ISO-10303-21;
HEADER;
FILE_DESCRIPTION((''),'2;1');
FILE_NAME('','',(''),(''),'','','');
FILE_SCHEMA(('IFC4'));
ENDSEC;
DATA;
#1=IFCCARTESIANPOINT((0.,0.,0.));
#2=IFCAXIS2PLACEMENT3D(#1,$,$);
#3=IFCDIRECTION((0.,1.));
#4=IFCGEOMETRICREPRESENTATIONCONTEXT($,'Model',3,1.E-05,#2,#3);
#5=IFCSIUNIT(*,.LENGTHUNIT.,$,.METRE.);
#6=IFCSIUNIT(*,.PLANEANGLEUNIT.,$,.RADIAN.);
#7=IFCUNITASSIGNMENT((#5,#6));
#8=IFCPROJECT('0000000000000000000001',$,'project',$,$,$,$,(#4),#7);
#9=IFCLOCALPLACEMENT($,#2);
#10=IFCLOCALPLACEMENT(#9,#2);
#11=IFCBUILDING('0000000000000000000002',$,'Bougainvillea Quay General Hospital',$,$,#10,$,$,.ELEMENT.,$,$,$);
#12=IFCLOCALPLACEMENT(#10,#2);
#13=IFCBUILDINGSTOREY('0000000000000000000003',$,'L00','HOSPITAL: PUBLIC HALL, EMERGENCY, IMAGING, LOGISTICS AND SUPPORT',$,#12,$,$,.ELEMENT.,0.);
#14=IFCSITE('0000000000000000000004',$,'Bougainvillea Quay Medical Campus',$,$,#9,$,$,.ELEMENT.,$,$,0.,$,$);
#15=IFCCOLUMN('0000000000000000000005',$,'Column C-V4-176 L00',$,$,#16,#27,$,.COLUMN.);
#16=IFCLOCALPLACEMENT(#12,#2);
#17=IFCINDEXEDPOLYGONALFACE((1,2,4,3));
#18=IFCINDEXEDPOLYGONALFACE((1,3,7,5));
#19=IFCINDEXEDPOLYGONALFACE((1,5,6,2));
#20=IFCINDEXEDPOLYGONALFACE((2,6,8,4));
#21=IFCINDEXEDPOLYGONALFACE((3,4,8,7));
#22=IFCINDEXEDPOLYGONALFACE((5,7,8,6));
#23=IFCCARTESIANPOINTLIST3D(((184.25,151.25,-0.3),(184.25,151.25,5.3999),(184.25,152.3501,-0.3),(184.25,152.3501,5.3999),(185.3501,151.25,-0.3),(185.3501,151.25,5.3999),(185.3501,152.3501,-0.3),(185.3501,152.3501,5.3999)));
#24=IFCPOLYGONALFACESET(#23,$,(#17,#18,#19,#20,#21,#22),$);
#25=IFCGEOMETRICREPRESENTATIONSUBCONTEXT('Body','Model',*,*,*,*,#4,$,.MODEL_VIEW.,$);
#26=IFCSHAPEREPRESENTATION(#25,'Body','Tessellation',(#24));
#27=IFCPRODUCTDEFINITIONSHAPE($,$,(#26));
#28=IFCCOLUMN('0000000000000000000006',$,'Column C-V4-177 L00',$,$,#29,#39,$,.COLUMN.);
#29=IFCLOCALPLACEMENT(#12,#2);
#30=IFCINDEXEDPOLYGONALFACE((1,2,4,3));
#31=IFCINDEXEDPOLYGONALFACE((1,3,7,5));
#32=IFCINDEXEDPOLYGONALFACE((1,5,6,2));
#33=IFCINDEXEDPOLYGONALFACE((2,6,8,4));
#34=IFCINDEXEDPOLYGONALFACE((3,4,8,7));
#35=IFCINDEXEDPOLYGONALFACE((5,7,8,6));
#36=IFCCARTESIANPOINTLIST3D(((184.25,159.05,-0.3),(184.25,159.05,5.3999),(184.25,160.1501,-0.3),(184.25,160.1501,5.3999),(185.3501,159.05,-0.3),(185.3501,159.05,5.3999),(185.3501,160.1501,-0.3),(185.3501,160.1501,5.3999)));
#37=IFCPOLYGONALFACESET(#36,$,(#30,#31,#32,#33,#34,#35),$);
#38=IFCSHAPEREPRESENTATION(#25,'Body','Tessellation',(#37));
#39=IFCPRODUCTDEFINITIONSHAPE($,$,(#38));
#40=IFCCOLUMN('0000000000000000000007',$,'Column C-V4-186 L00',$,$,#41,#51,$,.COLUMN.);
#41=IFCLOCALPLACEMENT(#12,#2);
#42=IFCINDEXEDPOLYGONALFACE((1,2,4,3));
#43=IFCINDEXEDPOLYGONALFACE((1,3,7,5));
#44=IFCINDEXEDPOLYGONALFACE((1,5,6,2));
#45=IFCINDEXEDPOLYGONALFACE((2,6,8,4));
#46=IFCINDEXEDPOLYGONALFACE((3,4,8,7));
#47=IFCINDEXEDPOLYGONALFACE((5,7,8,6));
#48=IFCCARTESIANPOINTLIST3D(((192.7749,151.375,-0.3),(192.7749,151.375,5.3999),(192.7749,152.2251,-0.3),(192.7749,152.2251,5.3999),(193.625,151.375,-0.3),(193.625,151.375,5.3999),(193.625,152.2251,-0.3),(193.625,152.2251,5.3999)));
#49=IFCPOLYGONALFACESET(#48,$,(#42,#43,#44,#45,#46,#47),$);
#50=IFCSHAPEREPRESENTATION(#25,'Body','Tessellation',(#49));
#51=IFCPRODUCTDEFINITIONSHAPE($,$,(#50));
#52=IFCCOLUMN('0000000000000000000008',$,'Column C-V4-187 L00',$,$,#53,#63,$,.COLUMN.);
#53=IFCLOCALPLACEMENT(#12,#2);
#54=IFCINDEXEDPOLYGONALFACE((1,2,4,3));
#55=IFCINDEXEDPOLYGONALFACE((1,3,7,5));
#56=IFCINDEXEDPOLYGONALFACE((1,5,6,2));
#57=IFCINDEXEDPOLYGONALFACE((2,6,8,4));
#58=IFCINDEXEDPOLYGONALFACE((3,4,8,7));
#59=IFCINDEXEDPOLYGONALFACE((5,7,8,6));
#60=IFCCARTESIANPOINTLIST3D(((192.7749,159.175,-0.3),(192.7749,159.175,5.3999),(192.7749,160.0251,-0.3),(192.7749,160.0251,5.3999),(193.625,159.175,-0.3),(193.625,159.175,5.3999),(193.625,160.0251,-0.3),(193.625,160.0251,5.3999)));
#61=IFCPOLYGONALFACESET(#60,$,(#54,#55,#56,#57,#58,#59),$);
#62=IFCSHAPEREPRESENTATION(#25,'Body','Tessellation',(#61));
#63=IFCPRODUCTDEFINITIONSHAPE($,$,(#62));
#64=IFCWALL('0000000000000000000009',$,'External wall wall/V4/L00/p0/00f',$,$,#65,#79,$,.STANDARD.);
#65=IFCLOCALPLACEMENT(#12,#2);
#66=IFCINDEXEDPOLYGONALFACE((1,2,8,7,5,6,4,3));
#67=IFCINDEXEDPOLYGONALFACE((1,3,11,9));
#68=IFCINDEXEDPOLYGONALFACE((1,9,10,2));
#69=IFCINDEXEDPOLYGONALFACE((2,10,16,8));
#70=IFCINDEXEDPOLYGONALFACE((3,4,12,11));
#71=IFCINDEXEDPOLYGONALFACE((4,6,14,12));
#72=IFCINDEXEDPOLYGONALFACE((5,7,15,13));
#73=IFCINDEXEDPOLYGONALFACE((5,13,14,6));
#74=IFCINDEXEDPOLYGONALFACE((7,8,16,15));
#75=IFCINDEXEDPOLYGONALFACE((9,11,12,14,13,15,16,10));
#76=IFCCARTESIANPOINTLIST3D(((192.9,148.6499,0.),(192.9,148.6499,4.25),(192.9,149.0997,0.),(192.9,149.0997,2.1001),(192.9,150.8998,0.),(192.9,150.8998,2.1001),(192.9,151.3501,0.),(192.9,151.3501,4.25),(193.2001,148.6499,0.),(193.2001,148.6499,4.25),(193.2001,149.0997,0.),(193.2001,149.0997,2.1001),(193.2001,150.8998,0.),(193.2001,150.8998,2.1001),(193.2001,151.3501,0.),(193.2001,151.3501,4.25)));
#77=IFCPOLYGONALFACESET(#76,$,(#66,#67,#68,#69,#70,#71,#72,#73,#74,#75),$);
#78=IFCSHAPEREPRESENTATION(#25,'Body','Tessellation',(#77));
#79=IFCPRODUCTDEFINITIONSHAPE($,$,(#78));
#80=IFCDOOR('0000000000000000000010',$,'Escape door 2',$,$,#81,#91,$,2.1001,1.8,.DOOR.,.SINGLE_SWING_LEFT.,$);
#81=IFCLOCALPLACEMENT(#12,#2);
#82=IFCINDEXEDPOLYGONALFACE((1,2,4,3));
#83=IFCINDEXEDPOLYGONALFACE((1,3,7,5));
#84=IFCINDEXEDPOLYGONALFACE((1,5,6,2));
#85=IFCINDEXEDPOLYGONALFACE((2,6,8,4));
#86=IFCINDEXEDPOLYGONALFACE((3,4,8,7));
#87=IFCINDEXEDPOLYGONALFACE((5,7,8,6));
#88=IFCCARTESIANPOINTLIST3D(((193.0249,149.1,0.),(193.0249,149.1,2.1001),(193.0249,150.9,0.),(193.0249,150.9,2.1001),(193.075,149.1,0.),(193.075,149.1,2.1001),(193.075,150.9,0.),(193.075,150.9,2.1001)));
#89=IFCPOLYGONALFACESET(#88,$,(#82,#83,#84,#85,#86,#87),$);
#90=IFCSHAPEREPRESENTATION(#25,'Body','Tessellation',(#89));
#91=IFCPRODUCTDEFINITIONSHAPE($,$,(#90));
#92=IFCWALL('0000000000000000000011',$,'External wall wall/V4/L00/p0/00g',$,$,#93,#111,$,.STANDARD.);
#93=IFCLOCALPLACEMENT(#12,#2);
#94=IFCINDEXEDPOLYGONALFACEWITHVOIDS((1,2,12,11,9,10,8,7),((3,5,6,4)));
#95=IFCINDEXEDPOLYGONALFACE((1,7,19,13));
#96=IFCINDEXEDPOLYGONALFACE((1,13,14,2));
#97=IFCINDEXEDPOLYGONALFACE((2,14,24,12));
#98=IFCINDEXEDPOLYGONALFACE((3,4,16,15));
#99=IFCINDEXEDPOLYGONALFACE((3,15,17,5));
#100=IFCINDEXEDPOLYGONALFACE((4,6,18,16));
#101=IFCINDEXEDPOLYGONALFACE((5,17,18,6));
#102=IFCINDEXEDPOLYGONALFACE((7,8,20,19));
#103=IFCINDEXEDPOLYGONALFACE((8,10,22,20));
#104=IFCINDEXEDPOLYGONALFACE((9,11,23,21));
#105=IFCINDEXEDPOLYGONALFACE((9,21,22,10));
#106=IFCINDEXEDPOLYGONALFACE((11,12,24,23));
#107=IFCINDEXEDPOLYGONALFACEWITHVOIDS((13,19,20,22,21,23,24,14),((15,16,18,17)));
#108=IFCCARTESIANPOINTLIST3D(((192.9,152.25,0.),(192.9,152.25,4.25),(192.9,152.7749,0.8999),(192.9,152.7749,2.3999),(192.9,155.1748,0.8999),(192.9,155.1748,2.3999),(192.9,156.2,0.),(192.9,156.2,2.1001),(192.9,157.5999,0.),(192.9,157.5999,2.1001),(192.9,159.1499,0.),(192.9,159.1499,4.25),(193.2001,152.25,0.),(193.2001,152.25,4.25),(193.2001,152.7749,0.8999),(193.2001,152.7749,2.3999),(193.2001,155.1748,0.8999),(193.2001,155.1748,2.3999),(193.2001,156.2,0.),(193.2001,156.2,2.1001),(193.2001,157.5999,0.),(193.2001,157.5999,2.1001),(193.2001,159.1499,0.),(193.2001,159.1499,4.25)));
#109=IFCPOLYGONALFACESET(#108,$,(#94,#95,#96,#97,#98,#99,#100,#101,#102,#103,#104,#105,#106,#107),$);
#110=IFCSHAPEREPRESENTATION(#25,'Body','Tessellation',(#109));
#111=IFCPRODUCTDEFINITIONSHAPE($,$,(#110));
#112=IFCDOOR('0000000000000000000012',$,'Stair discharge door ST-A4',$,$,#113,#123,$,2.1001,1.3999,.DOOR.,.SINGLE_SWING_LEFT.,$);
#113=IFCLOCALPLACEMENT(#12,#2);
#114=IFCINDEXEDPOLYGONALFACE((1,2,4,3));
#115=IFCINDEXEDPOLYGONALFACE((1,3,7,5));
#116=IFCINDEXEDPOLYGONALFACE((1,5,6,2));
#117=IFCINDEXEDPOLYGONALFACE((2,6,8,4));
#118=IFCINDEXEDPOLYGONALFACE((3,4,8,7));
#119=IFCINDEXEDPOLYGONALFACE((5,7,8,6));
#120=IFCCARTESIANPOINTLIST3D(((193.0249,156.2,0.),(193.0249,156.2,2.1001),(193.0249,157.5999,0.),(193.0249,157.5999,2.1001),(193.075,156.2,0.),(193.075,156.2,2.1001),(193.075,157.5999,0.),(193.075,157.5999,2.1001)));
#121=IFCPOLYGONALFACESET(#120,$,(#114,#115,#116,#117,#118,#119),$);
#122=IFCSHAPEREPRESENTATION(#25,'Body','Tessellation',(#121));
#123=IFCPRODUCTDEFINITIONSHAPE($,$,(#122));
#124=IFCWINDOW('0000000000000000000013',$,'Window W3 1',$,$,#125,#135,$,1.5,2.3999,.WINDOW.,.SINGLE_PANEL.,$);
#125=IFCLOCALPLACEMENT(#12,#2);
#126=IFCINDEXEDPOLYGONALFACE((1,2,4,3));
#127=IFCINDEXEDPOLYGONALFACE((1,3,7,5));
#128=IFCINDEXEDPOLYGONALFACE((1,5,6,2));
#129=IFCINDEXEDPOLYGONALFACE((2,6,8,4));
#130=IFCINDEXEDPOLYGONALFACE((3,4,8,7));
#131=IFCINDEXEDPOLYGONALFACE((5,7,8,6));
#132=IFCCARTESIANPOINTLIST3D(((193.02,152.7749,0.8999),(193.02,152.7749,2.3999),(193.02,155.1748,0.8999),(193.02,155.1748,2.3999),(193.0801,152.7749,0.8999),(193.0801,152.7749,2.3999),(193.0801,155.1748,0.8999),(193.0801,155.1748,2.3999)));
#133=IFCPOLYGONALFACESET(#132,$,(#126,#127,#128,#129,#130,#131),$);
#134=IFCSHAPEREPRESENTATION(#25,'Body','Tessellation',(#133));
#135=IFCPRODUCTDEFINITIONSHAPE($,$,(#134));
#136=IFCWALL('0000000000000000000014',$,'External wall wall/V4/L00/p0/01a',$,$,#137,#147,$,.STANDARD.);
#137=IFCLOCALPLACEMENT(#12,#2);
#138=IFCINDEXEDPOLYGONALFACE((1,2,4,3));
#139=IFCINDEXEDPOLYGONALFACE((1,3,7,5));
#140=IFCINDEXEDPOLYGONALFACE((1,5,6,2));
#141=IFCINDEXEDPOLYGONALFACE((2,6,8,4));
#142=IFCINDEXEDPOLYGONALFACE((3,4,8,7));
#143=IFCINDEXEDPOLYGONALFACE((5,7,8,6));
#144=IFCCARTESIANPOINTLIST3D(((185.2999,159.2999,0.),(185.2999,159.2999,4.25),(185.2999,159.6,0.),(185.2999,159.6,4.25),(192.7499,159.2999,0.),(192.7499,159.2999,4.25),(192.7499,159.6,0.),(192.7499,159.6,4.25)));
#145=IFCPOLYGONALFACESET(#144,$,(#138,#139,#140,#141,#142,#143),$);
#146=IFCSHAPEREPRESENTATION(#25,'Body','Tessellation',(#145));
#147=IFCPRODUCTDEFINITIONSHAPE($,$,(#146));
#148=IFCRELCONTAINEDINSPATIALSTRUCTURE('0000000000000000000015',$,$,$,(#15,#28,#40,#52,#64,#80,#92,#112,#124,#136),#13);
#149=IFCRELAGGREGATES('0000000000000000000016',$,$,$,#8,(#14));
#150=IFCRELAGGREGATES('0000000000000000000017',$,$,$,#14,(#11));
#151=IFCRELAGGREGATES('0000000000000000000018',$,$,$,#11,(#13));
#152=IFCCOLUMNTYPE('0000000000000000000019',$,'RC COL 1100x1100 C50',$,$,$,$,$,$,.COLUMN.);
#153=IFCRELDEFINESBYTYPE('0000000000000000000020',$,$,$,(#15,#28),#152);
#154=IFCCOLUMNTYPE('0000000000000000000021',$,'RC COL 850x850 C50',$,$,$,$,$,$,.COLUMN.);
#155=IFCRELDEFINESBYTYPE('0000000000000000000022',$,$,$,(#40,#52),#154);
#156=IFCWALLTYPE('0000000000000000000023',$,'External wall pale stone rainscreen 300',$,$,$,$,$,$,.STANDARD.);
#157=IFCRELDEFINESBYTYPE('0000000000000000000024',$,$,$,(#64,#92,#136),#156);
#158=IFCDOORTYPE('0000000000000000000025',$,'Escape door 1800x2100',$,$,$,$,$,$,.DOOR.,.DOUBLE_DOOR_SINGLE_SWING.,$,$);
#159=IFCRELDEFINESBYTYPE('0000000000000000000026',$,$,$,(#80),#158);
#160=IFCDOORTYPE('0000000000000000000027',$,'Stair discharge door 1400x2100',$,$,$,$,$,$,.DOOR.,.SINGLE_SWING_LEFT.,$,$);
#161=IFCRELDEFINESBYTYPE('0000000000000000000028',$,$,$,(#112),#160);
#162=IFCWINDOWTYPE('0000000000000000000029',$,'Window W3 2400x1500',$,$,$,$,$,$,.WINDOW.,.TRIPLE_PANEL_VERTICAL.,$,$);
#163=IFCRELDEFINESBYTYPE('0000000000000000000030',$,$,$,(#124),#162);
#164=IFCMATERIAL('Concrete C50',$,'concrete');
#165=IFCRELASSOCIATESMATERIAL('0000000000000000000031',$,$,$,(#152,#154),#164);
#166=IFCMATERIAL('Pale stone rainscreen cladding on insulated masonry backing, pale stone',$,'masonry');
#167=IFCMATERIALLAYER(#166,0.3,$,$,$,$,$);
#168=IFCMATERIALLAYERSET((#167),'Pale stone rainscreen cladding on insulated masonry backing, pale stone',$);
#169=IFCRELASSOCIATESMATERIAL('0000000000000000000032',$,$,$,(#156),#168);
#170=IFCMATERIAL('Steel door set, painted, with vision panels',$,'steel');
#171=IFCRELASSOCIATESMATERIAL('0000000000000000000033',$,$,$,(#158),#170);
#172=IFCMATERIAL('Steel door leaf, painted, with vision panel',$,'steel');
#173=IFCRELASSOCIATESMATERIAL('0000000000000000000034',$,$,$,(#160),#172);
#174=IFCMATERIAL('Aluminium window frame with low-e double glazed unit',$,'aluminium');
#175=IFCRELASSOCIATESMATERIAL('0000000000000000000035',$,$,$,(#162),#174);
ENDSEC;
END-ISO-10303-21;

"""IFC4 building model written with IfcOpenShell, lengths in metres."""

from ifc_helpers import new_model, si_unit, direction, frame, frame_2d, origin, origin_2d, place, context, subcontext, project, spatial, rectangle, extrude, material, layer, layer_set, material_profile, profile_set, type_object, element, fill, save


model = new_model("IFC4")

# Units and contexts
model_context = context("Model", 3, precision=1e-05, world=origin(), true_north=direction((0.0, 1.0)))
body_context = subcontext(model_context, "Body", "Model", "MODEL_VIEW")
ifc_project = project(units=[si_unit("LENGTHUNIT", "METRE"), si_unit("PLANEANGLEUNIT", "RADIAN")], contexts=[model_context])

# Site, building, storey
site_placement = place(None, origin())
site = spatial("IfcSite", under=ifc_project, at=site_placement, Name="Bougainvillea Quay Medical Campus", CompositionType="ELEMENT", RefElevation=0.0)
building_placement = place(site_placement, origin())
building = spatial("IfcBuilding", under=site, at=building_placement, Name="Bougainvillea Quay General Hospital", CompositionType="ELEMENT")
storey_placement = place(building_placement, origin())
storey = spatial("IfcBuildingStorey", under=building, at=storey_placement, Name="L00", Description="HOSPITAL: PUBLIC HALL, EMERGENCY, IMAGING, LOGISTICS AND SUPPORT", CompositionType="ELEMENT", Elevation=0.0)

# Columns
ifc_material_1 = material(Name="Concrete C50", Category="concrete")
ifc_material_profile_1 = material_profile(ifc_material_1, rectangle(XDim=1.1001, YDim=1.1001, at=origin_2d()))
ifc_profile_set_1 = profile_set([ifc_material_profile_1], Name="Concrete C50")
column_type_1 = type_object("IfcColumnType", Name="RC COL 1100x1100 C50", PredefinedType="COLUMN", material=ifc_profile_set_1)
for number, where, z_axis, x_axis, name in (
    (1, (184.8, 151.8, -0.3), (0.0, 0.0, 1.0), (1.0, 0.0, 0.0), "Column C-V4-176 L00"),
    (2, (184.8, 159.6001, -0.3), (0.0, 0.0, 1.0), (1.0, 0.0, 0.0), "Column C-V4-177 L00"),
):
    element("IfcColumn", number, at=place(storey_placement, frame(where, z_axis=z_axis, x_axis=x_axis)), inside=storey, type_object=column_type_1, Name=name, PredefinedType="COLUMN", context=body_context, shape_type="SweptSolid", body=[
        extrude(rectangle(XDim=1.1001, YDim=1.1001, at=origin_2d()), origin(), (0.0, 0.0, 1.0), 5.7),
    ])
ifc_material_profile_2 = material_profile(ifc_material_1, rectangle(XDim=0.8501, YDim=0.8501, at=origin_2d()))
ifc_profile_set_2 = profile_set([ifc_material_profile_2], Name="Concrete C50")
column_type_2 = type_object("IfcColumnType", Name="RC COL 850x850 C50", PredefinedType="COLUMN", material=ifc_profile_set_2)
for number, where, z_axis, x_axis, name in (
    (3, (193.2, 151.8, -0.3), (0.0, 0.0, 1.0), (1.0, 0.0, 0.0), "Column C-V4-186 L00"),
    (4, (193.2, 159.6001, -0.3), (0.0, 0.0, 1.0), (1.0, 0.0, 0.0), "Column C-V4-187 L00"),
):
    element("IfcColumn", number, at=place(storey_placement, frame(where, z_axis=z_axis, x_axis=x_axis)), inside=storey, type_object=column_type_2, Name=name, PredefinedType="COLUMN", context=body_context, shape_type="SweptSolid", body=[
        extrude(rectangle(XDim=0.8501, YDim=0.8501, at=origin_2d()), origin(), (0.0, 0.0, 1.0), 5.7),
    ])

# Wall, opening, door
ifc_material_2 = material(Name="Pale stone rainscreen cladding on insulated masonry backing, pale stone", Category="masonry")
ifc_layer_1 = layer(ifc_material_2, 0.3)
ifc_layer_set_1 = layer_set([ifc_layer_1], Name="Pale stone rainscreen cladding on insulated masonry backing, pale stone")
wall_type_1 = type_object("IfcWallType", Name="External wall pale stone rainscreen 300", PredefinedType="STANDARD", material=ifc_layer_set_1)
wall_1_placement = place(storey_placement, frame((193.05, 148.6499, 0.0), z_axis=(0.0, 0.0, 1.0), x_axis=(0.0, 1.0, 0.0)))
wall_1 = element("IfcWall", 5, at=wall_1_placement, inside=storey, type_object=wall_type_1, Name="External wall wall/V4/L00/p0/00f", PredefinedType="STANDARD", context=body_context, shape_type="SweptSolid", body=[
    extrude(rectangle(XDim=2.7002, YDim=0.3, at=frame_2d((1.3501, 0.0))), origin(), (0.0, 0.0, 1.0), 4.25),
])
opening_1_placement = place(wall_1_placement, frame((0.45, 0.0, 0.0)))
opening_1 = element("IfcOpeningElement", 6, at=opening_1_placement, cuts=wall_1, PredefinedType="OPENING", context=body_context, shape_type="SweptSolid", body=[
    extrude(rectangle(XDim=1.8, YDim=2.1001, at=frame_2d((0.8999, 1.05))), frame((0.0, 0.1599, 0.0), z_axis=(0.0, -1.0, 0.0), x_axis=(1.0, 0.0, 0.0)), (0.0, 0.0, 1.0), 0.3201),
])
ifc_material_3 = material(Name="Steel door set, painted, with vision panels", Category="steel")
door_type_1 = type_object("IfcDoorType", Name="Escape door 1800x2100", OperationType="DOUBLE_DOOR_SINGLE_SWING", PredefinedType="DOOR", material=ifc_material_3)
door_1_placement = place(opening_1_placement, frame((1.8, 0.0, 0.0), z_axis=(0.0, 0.0, 1.0), x_axis=(-1.0, 0.0, 0.0)))
door_1 = element("IfcDoor", 7, at=door_1_placement, inside=storey, type_object=door_type_1, Name="Escape door 2", OperationType="SINGLE_SWING_LEFT", OverallHeight=2.1001, OverallWidth=1.8, PredefinedType="DOOR", context=body_context, shape_type="SweptSolid", body=[
    extrude(rectangle(XDim=1.8, YDim=2.1001, at=frame_2d((0.8999, 1.05))), frame((0.0, 0.0249, 0.0), z_axis=(0.0, -1.0, 0.0), x_axis=(1.0, 0.0, 0.0)), (0.0, 0.0, 1.0), 0.05),
])
fill(opening_1, door_1)

# Wall, openings, door, window
wall_2_placement = place(storey_placement, frame((193.05, 152.25, 0.0), z_axis=(0.0, 0.0, 1.0), x_axis=(0.0, 1.0, 0.0)))
wall_2 = element("IfcWall", 8, at=wall_2_placement, inside=storey, type_object=wall_type_1, Name="External wall wall/V4/L00/p0/00g", PredefinedType="STANDARD", context=body_context, shape_type="SweptSolid", body=[
    extrude(rectangle(XDim=6.8999, YDim=0.3, at=frame_2d((3.45, 0.0))), origin(), (0.0, 0.0, 1.0), 4.25),
])
opening_2_placement = place(wall_2_placement, frame((3.95, 0.0, 0.0)))
opening_2 = element("IfcOpeningElement", 9, at=opening_2_placement, cuts=wall_2, PredefinedType="OPENING", context=body_context, shape_type="SweptSolid", body=[
    extrude(rectangle(XDim=1.3999, YDim=2.1001, at=frame_2d((0.7, 1.05))), frame((0.0, 0.1599, 0.0), z_axis=(0.0, -1.0, 0.0), x_axis=(1.0, 0.0, 0.0)), (0.0, 0.0, 1.0), 0.3201),
])
opening_3_placement = place(wall_2_placement, frame((0.5249, 0.0, 0.8999)))
opening_3 = element("IfcOpeningElement", 10, at=opening_3_placement, cuts=wall_2, PredefinedType="OPENING", context=body_context, shape_type="SweptSolid", body=[
    extrude(rectangle(XDim=2.3999, YDim=1.5, at=frame_2d((1.2, 0.75))), frame((0.0, 0.1599, 0.0), z_axis=(0.0, -1.0, 0.0), x_axis=(1.0, 0.0, 0.0)), (0.0, 0.0, 1.0), 0.3201),
])
ifc_material_4 = material(Name="Steel door leaf, painted, with vision panel", Category="steel")
door_type_2 = type_object("IfcDoorType", Name="Stair discharge door 1400x2100", OperationType="SINGLE_SWING_LEFT", PredefinedType="DOOR", material=ifc_material_4)
door_2_placement = place(opening_2_placement, frame((1.3999, 0.0, 0.0), z_axis=(0.0, 0.0, 1.0), x_axis=(-1.0, 0.0, 0.0)))
door_2 = element("IfcDoor", 11, at=door_2_placement, inside=storey, type_object=door_type_2, Name="Stair discharge door ST-A4", OperationType="SINGLE_SWING_LEFT", OverallHeight=2.1001, OverallWidth=1.3999, PredefinedType="DOOR", context=body_context, shape_type="SweptSolid", body=[
    extrude(rectangle(XDim=1.3999, YDim=2.1001, at=frame_2d((0.7, 1.05))), frame((0.0, 0.0249, 0.0), z_axis=(0.0, -1.0, 0.0), x_axis=(1.0, 0.0, 0.0)), (0.0, 0.0, 1.0), 0.05),
])
fill(opening_2, door_2)
ifc_material_5 = material(Name="Aluminium window frame with low-e double glazed unit", Category="aluminium")
window_type = type_object("IfcWindowType", Name="Window W3 2400x1500", PartitioningType="TRIPLE_PANEL_VERTICAL", PredefinedType="WINDOW", material=ifc_material_5)
window_placement = place(opening_3_placement, origin())
window = element("IfcWindow", 12, at=window_placement, inside=storey, type_object=window_type, Name="Window W3 1", OverallHeight=1.5, OverallWidth=2.3999, PartitioningType="SINGLE_PANEL", PredefinedType="WINDOW", context=body_context, shape_type="SweptSolid", body=[
    extrude(rectangle(XDim=2.3999, YDim=1.5, at=frame_2d((1.2, 0.75))), frame((0.0, 0.03, 0.0), z_axis=(0.0, -1.0, 0.0), x_axis=(1.0, 0.0, 0.0)), (0.0, 0.0, 1.0), 0.0601),
])
fill(opening_3, window)

# Wall
wall_3_placement = place(storey_placement, frame((192.75, 159.45, 0.0), z_axis=(0.0, 0.0, 1.0), x_axis=(-1.0, 0.0, 0.0)))
element("IfcWall", 13, at=wall_3_placement, inside=storey, type_object=wall_type_1, Name="External wall wall/V4/L00/p0/01a", PredefinedType="STANDARD", context=body_context, shape_type="SweptSolid", body=[
    extrude(rectangle(XDim=7.45, YDim=0.3, at=frame_2d((3.7251, 0.0))), origin(), (0.0, 0.0, 1.0), 4.25),
])

save(model, "model.ifc")
